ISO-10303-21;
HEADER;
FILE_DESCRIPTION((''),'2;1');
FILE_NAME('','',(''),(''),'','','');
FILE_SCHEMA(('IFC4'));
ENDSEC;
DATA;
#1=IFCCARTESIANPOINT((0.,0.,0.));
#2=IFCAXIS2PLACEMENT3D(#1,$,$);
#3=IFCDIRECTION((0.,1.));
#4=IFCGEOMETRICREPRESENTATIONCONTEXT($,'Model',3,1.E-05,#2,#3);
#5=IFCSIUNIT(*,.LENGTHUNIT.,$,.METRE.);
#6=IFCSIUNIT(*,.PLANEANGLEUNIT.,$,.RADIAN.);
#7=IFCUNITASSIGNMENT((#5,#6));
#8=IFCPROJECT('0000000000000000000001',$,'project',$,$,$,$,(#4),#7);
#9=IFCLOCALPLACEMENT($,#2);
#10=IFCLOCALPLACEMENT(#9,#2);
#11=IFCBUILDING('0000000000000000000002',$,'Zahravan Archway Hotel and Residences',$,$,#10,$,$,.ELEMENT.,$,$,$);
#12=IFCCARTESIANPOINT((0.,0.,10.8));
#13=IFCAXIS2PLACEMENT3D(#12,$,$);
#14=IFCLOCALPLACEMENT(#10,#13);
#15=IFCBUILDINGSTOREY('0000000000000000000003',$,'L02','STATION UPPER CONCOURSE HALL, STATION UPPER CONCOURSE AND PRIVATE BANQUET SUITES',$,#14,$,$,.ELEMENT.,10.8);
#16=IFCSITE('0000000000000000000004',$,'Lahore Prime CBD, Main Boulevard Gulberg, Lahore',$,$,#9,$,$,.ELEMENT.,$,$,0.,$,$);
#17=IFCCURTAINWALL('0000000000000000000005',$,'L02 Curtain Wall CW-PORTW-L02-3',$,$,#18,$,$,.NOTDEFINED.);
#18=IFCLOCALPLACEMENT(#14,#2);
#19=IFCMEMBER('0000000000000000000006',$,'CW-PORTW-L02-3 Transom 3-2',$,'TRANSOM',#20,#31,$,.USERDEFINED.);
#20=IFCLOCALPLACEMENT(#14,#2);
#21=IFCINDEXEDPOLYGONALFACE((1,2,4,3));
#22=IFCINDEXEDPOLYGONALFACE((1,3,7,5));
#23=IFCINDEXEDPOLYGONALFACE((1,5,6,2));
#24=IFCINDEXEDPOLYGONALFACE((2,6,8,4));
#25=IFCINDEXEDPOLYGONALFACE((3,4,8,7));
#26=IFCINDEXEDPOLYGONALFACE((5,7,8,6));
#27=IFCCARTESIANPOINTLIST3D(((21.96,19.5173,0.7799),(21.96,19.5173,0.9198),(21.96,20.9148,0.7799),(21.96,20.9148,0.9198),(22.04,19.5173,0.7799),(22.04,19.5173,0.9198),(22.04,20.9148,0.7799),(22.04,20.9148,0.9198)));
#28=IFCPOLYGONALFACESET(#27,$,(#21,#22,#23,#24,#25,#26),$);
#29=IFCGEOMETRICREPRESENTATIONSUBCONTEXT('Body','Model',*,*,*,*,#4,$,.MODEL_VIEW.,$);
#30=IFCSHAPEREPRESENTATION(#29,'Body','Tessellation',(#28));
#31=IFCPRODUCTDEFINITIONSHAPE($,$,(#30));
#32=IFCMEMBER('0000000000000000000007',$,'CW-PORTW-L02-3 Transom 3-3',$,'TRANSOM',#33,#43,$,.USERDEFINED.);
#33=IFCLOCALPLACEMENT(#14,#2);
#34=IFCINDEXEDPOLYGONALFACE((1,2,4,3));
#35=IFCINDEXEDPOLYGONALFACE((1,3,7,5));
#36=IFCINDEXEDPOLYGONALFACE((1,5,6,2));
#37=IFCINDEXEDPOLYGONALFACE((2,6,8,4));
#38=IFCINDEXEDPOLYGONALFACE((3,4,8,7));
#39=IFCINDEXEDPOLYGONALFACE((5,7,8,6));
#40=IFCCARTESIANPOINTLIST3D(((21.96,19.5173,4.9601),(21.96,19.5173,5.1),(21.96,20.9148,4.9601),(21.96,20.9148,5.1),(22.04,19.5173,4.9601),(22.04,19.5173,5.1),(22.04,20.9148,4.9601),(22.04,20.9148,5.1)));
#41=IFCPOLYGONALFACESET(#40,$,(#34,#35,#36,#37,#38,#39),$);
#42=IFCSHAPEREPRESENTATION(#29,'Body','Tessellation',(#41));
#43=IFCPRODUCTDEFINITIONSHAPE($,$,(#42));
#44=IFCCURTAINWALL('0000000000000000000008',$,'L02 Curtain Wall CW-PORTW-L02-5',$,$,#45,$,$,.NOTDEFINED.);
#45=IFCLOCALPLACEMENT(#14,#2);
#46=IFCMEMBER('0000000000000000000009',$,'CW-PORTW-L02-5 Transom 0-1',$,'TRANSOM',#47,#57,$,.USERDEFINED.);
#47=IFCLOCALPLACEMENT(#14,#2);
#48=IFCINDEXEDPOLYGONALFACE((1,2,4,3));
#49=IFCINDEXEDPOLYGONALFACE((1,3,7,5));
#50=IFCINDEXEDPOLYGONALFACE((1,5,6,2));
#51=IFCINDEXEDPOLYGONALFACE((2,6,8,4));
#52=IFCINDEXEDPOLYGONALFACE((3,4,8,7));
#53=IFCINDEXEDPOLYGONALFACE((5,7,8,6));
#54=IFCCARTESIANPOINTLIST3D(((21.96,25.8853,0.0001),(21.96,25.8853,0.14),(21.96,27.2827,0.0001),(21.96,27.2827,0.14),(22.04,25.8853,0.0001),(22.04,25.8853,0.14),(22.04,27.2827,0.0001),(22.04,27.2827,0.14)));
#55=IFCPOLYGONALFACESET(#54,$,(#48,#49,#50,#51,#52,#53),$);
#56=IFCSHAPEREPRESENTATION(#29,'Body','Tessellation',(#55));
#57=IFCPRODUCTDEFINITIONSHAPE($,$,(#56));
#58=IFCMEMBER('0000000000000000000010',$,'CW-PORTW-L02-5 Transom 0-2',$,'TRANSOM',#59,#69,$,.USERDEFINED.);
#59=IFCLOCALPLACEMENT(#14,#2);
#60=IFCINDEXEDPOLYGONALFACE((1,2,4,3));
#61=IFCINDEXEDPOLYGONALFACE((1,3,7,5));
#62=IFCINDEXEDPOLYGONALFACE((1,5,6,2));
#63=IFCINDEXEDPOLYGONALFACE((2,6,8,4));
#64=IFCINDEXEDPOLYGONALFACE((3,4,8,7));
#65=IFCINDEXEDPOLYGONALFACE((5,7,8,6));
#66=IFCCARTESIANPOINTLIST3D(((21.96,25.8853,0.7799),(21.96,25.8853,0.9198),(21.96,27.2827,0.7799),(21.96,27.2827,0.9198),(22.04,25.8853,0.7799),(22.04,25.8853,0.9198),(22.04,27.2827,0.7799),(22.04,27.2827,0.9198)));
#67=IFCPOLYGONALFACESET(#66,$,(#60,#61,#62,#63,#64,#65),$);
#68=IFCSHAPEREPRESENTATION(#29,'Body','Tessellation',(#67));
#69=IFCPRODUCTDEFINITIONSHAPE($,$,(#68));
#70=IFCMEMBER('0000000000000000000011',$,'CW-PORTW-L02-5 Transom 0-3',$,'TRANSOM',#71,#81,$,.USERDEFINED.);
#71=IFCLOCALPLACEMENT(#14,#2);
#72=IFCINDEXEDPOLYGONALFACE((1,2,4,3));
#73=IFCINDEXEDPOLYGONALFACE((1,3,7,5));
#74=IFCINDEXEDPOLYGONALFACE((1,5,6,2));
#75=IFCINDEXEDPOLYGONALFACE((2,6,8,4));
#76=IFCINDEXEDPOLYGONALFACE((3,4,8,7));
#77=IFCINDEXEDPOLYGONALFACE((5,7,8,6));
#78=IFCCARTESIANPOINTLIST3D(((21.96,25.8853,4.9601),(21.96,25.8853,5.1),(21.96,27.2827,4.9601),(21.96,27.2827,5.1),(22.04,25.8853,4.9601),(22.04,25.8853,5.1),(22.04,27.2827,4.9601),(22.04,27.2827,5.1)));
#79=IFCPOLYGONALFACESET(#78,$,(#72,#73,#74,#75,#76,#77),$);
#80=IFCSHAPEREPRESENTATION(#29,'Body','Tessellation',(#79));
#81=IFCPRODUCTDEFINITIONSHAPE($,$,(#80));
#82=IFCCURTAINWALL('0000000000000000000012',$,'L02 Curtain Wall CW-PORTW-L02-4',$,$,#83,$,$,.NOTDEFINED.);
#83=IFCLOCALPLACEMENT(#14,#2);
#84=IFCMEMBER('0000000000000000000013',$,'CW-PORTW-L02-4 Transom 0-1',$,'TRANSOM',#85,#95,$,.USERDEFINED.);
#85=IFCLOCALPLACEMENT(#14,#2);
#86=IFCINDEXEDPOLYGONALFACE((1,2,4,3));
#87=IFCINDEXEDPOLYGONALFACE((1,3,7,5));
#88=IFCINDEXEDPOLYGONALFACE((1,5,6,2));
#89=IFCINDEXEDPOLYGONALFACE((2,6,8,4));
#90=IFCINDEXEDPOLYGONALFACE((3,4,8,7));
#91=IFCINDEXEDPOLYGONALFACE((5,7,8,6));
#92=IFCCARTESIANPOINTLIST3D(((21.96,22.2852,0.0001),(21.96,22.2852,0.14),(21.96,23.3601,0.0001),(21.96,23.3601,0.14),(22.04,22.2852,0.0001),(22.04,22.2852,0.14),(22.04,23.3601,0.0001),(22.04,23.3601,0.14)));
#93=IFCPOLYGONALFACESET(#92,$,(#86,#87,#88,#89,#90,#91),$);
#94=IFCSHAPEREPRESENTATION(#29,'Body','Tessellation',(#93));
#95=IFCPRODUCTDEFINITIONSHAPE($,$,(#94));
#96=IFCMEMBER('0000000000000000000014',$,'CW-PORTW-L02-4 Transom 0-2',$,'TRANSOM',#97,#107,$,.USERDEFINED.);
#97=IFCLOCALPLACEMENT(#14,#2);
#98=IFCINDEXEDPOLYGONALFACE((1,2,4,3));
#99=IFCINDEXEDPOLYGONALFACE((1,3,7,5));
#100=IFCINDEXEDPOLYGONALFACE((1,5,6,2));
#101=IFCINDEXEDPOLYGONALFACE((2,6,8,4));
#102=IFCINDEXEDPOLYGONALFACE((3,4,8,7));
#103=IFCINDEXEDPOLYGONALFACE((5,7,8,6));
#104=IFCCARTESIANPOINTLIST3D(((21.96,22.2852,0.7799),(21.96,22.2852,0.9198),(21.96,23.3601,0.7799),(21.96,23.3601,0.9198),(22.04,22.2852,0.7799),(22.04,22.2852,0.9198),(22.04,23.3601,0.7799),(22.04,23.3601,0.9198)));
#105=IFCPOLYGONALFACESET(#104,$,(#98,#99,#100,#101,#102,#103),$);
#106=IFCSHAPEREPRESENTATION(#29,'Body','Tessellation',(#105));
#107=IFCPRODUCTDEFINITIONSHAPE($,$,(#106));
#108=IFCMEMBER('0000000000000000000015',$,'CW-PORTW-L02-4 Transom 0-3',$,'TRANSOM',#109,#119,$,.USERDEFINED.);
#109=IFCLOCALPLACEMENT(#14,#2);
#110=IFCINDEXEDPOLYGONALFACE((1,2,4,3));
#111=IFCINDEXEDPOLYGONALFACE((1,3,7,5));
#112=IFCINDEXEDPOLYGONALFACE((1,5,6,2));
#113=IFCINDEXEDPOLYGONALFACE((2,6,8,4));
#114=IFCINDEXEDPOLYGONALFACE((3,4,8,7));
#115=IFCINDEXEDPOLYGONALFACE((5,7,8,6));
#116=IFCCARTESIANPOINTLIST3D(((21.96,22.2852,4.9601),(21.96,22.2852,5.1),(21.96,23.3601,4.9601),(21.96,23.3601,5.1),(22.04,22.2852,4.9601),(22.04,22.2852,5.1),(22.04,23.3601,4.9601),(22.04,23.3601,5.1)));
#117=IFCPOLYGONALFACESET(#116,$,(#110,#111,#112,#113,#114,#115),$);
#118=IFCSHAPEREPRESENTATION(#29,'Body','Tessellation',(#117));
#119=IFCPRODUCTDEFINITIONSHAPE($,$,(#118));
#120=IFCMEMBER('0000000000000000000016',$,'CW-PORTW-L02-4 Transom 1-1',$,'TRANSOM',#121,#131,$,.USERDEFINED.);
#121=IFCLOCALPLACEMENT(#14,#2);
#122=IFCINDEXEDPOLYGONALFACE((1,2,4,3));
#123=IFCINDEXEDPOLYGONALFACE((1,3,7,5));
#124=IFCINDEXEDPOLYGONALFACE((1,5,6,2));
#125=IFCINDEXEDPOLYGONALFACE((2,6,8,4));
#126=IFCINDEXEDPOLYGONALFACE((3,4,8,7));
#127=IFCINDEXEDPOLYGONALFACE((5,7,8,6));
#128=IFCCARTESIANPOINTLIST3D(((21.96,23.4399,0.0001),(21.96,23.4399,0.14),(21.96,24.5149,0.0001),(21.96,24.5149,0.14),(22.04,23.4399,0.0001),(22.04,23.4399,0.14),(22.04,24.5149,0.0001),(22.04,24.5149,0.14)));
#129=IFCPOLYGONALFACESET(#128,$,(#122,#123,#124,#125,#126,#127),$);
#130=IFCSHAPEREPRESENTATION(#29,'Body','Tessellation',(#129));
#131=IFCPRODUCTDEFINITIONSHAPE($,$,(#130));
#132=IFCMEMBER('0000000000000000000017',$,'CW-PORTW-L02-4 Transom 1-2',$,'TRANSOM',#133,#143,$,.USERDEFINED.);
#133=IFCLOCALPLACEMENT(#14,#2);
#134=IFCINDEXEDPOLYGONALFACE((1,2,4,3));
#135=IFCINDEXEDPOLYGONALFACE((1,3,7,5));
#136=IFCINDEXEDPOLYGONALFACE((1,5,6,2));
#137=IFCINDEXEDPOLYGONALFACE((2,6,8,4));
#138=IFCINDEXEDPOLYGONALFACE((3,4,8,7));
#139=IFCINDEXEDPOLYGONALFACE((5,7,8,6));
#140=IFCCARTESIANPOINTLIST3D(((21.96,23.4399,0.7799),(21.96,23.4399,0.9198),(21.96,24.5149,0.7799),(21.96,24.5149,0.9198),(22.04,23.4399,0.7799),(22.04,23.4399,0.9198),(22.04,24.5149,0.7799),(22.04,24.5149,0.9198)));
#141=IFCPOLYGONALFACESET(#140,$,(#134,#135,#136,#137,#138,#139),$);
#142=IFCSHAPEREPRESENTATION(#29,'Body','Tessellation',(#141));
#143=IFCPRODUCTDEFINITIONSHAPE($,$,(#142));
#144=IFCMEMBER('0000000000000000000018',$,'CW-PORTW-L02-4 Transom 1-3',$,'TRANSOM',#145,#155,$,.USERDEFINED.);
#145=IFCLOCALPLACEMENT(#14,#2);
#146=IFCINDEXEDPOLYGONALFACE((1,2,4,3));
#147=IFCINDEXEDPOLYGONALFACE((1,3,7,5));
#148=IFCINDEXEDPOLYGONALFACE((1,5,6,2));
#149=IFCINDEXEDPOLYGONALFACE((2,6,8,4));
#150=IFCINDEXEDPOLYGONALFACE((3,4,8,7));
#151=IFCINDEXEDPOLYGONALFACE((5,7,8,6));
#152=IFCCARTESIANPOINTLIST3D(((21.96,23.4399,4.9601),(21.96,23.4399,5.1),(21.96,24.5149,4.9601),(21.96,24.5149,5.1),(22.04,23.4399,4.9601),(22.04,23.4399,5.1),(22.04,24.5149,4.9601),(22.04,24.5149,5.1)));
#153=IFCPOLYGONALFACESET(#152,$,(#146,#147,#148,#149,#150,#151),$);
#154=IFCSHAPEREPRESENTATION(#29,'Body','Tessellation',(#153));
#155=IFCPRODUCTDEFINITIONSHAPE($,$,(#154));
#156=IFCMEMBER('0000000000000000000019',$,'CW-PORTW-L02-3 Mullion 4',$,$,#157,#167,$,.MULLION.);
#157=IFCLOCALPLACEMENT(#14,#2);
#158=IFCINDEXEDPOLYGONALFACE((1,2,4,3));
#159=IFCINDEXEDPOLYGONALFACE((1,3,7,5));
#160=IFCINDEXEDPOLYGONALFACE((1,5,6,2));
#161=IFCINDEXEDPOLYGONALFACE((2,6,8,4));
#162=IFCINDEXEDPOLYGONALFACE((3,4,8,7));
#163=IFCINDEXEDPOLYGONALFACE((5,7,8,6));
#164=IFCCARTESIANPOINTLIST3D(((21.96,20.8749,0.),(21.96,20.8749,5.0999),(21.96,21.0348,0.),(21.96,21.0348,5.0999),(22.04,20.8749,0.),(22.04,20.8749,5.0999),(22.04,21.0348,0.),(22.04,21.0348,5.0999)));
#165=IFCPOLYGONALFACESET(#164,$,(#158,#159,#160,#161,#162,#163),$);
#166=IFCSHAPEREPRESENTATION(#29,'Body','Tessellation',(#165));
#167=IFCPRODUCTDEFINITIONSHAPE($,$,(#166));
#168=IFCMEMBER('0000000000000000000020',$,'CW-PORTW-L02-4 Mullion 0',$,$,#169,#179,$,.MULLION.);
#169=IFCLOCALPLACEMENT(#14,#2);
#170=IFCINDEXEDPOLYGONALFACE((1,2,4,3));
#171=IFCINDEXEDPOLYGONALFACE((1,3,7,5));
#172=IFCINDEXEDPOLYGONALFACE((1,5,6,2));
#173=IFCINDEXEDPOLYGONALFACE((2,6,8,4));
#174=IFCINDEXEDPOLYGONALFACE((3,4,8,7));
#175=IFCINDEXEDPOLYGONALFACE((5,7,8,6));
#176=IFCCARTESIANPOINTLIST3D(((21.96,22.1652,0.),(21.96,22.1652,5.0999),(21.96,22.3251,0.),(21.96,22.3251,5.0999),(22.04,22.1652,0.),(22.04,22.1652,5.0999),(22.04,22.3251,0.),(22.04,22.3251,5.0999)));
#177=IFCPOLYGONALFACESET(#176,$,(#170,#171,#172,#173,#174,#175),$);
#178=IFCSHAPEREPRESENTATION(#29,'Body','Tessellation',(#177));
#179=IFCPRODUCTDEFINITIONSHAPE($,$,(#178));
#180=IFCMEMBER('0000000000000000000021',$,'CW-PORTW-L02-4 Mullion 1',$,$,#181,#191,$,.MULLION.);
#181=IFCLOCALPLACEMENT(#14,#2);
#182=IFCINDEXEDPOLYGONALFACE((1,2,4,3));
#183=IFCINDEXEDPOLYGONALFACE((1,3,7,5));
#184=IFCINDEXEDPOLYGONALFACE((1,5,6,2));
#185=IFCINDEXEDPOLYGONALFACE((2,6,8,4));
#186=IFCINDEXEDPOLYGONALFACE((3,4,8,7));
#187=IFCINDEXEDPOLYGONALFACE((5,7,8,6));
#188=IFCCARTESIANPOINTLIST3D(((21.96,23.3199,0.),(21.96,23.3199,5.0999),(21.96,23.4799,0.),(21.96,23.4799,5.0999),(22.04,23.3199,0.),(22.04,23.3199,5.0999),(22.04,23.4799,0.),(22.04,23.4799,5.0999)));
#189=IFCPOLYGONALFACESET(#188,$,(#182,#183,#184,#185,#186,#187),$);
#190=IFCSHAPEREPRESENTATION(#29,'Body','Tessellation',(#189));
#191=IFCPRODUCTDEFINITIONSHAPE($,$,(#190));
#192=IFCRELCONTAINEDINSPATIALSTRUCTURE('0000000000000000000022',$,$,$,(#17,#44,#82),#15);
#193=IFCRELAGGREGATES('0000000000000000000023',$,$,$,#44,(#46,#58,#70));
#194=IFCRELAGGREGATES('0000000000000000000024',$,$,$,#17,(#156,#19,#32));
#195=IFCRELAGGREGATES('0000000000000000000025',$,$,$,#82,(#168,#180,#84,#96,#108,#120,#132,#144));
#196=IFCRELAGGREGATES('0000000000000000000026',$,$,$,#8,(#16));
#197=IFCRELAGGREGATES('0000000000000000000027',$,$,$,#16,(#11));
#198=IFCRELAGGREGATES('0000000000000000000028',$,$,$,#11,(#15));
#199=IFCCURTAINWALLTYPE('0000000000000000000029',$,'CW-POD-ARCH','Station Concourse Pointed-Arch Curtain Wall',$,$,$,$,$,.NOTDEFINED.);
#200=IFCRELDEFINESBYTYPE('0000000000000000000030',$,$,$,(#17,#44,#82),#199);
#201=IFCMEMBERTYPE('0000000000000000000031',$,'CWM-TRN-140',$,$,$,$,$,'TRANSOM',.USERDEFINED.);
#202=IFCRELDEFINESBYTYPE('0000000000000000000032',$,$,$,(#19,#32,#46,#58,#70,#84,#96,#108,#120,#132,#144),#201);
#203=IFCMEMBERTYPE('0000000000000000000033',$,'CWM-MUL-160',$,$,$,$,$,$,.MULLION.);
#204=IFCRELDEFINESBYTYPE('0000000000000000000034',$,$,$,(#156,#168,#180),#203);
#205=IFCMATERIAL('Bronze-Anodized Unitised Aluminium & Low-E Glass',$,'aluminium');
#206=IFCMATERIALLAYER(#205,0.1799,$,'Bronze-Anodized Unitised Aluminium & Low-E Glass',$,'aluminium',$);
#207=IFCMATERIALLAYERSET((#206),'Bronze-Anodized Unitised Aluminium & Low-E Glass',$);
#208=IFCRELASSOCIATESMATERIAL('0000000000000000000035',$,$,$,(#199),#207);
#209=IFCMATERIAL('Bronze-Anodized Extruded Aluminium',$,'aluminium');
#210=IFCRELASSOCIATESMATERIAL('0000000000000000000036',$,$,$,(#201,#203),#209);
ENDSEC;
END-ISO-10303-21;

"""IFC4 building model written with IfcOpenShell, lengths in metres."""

from ifc_helpers import new_model, si_unit, direction, frame, origin, origin_2d, place, context, subcontext, project, spatial, rectangle, extrude, source, transform, mapped, material, layer, layer_set, material_profile, profile_set, type_object, element, aggregate, save


model = new_model("IFC4")

# Units and contexts
model_context = context("Model", 3, precision=1e-05, world=origin(), true_north=direction((0.0, 1.0)))
body_context = subcontext(model_context, "Body", "Model", "MODEL_VIEW")
ifc_project = project(units=[si_unit("LENGTHUNIT", "METRE"), si_unit("PLANEANGLEUNIT", "RADIAN")], contexts=[model_context])

# Site, building, storey
site_placement = place(None, origin())
site = spatial("IfcSite", under=ifc_project, at=site_placement, Name="Lahore Prime CBD, Main Boulevard Gulberg, Lahore", CompositionType="ELEMENT", RefElevation=0.0)
building_placement = place(site_placement, origin())
building = spatial("IfcBuilding", under=site, at=building_placement, Name="Zahravan Archway Hotel and Residences", CompositionType="ELEMENT")
storey_placement = place(building_placement, frame((0.0, 0.0, 10.8)))
storey = spatial("IfcBuildingStorey", under=building, at=storey_placement, Name="L02", Description="STATION UPPER CONCOURSE HALL, STATION UPPER CONCOURSE AND PRIVATE BANQUET SUITES", CompositionType="ELEMENT", Elevation=10.8)

# Curtain walls, members
ifc_material_1 = material(Name="Bronze-Anodized Unitised Aluminium & Low-E Glass", Category="aluminium")
ifc_layer_1 = layer(ifc_material_1, 0.1799, Name="Bronze-Anodized Unitised Aluminium & Low-E Glass", Category="aluminium")
ifc_layer_set_1 = layer_set([ifc_layer_1], Name="Bronze-Anodized Unitised Aluminium & Low-E Glass")
curtain_wall_type = type_object("IfcCurtainWallType", Name="CW-POD-ARCH", Description="Station Concourse Pointed-Arch Curtain Wall", PredefinedType="NOTDEFINED", material=ifc_layer_set_1)
curtain_wall_1_placement = place(storey_placement, origin())
curtain_wall_1 = element("IfcCurtainWall", 1, at=curtain_wall_1_placement, inside=storey, type_object=curtain_wall_type, Name="L02 Curtain Wall CW-PORTW-L02-3", PredefinedType="NOTDEFINED")
ifc_material_2 = material(Name="Bronze-Anodized Extruded Aluminium", Category="aluminium")
ifc_material_profile_1 = material_profile(ifc_material_2, rectangle(XDim=0.0801, YDim=0.1399, at=origin_2d()), Name="TRN 80x140", Category="aluminium")
ifc_profile_set_1 = profile_set([ifc_material_profile_1], Name="Bronze-Anodized Extruded Aluminium")
member_type_1 = type_object("IfcMemberType", Name="CWM-TRN-140", ElementType="TRANSOM", PredefinedType="USERDEFINED", material=ifc_profile_set_1)
shared_shape_1 = source(origin(), body_context, "Body", "SweptSolid", [
    extrude(rectangle(XDim=0.0801, YDim=0.1399, at=origin_2d()), origin(), (0.0, 0.0, 1.0), 1.3975),
])
member_1_placement = place(storey_placement, frame((22.0, 19.5173, 0.8499), z_axis=(0.0, 1.0, 0.0), x_axis=(-1.0, 0.0, 0.0)))
member_1 = element("IfcMember", 2, at=member_1_placement, type_object=member_type_1, Name="CW-PORTW-L02-3 Transom 3-2", ObjectType="TRANSOM", PredefinedType="USERDEFINED", context=body_context, shape_type="MappedRepresentation", body=[
    mapped(shared_shape_1, transform((0.0, 0.0, 0.0), scale=1.0)),
])
member_2_placement = place(storey_placement, frame((22.0, 19.5173, 5.03), z_axis=(0.0, 1.0, 0.0), x_axis=(-1.0, 0.0, 0.0)))
member_2 = element("IfcMember", 3, at=member_2_placement, type_object=member_type_1, Name="CW-PORTW-L02-3 Transom 3-3", ObjectType="TRANSOM", PredefinedType="USERDEFINED", context=body_context, shape_type="MappedRepresentation", body=[
    mapped(shared_shape_1, transform((0.0, 0.0, 0.0), scale=1.0)),
])
curtain_wall_2_placement = place(storey_placement, origin())
curtain_wall_2 = element("IfcCurtainWall", 4, at=curtain_wall_2_placement, inside=storey, type_object=curtain_wall_type, Name="L02 Curtain Wall CW-PORTW-L02-5", PredefinedType="NOTDEFINED")
member_3_placement = place(storey_placement, frame((22.0, 25.8853, 0.0701), z_axis=(0.0, 1.0, 0.0), x_axis=(-1.0, 0.0, 0.0)))
member_3 = element("IfcMember", 5, at=member_3_placement, type_object=member_type_1, Name="CW-PORTW-L02-5 Transom 0-1", ObjectType="TRANSOM", PredefinedType="USERDEFINED", context=body_context, shape_type="MappedRepresentation", body=[
    mapped(shared_shape_1, transform((0.0, 0.0, 0.0), scale=1.0)),
])
member_4_placement = place(storey_placement, frame((22.0, 25.8853, 0.8499), z_axis=(0.0, 1.0, 0.0), x_axis=(-1.0, 0.0, 0.0)))
member_4 = element("IfcMember", 6, at=member_4_placement, type_object=member_type_1, Name="CW-PORTW-L02-5 Transom 0-2", ObjectType="TRANSOM", PredefinedType="USERDEFINED", context=body_context, shape_type="MappedRepresentation", body=[
    mapped(shared_shape_1, transform((0.0, 0.0, 0.0), scale=1.0)),
])
member_5_placement = place(storey_placement, frame((22.0, 25.8853, 5.03), z_axis=(0.0, 1.0, 0.0), x_axis=(-1.0, 0.0, 0.0)))
member_5 = element("IfcMember", 7, at=member_5_placement, type_object=member_type_1, Name="CW-PORTW-L02-5 Transom 0-3", ObjectType="TRANSOM", PredefinedType="USERDEFINED", context=body_context, shape_type="MappedRepresentation", body=[
    mapped(shared_shape_1, transform((0.0, 0.0, 0.0), scale=1.0)),
])
curtain_wall_3_placement = place(storey_placement, origin())
curtain_wall_3 = element("IfcCurtainWall", 8, at=curtain_wall_3_placement, inside=storey, type_object=curtain_wall_type, Name="L02 Curtain Wall CW-PORTW-L02-4", PredefinedType="NOTDEFINED")
shared_shape_2 = source(origin(), body_context, "Body", "SweptSolid", [
    extrude(rectangle(XDim=0.0801, YDim=0.1399, at=origin_2d()), origin(), (0.0, 0.0, 1.0), 1.075),
])
member_6_placement = place(storey_placement, frame((22.0, 22.2852, 0.0701), z_axis=(0.0, 1.0, 0.0), x_axis=(-1.0, 0.0, 0.0)))
member_6 = element("IfcMember", 9, at=member_6_placement, type_object=member_type_1, Name="CW-PORTW-L02-4 Transom 0-1", ObjectType="TRANSOM", PredefinedType="USERDEFINED", context=body_context, shape_type="MappedRepresentation", body=[
    mapped(shared_shape_2, transform((0.0, 0.0, 0.0), scale=1.0)),
])
member_7_placement = place(storey_placement, frame((22.0, 22.2852, 0.8499), z_axis=(0.0, 1.0, 0.0), x_axis=(-1.0, 0.0, 0.0)))
member_7 = element("IfcMember", 10, at=member_7_placement, type_object=member_type_1, Name="CW-PORTW-L02-4 Transom 0-2", ObjectType="TRANSOM", PredefinedType="USERDEFINED", context=body_context, shape_type="MappedRepresentation", body=[
    mapped(shared_shape_2, transform((0.0, 0.0, 0.0), scale=1.0)),
])
member_8_placement = place(storey_placement, frame((22.0, 22.2852, 5.03), z_axis=(0.0, 1.0, 0.0), x_axis=(-1.0, 0.0, 0.0)))
member_8 = element("IfcMember", 11, at=member_8_placement, type_object=member_type_1, Name="CW-PORTW-L02-4 Transom 0-3", ObjectType="TRANSOM", PredefinedType="USERDEFINED", context=body_context, shape_type="MappedRepresentation", body=[
    mapped(shared_shape_2, transform((0.0, 0.0, 0.0), scale=1.0)),
])
member_9_placement = place(storey_placement, frame((22.0, 23.4399, 0.0701), z_axis=(0.0, 1.0, 0.0), x_axis=(-1.0, 0.0, 0.0)))
member_9 = element("IfcMember", 12, at=member_9_placement, type_object=member_type_1, Name="CW-PORTW-L02-4 Transom 1-1", ObjectType="TRANSOM", PredefinedType="USERDEFINED", context=body_context, shape_type="MappedRepresentation", body=[
    mapped(shared_shape_2, transform((0.0, 0.0, 0.0), scale=1.0)),
])
member_10_placement = place(storey_placement, frame((22.0, 23.4399, 0.8499), z_axis=(0.0, 1.0, 0.0), x_axis=(-1.0, 0.0, 0.0)))
member_10 = element("IfcMember", 13, at=member_10_placement, type_object=member_type_1, Name="CW-PORTW-L02-4 Transom 1-2", ObjectType="TRANSOM", PredefinedType="USERDEFINED", context=body_context, shape_type="MappedRepresentation", body=[
    mapped(shared_shape_2, transform((0.0, 0.0, 0.0), scale=1.0)),
])
member_11_placement = place(storey_placement, frame((22.0, 23.4399, 5.03), z_axis=(0.0, 1.0, 0.0), x_axis=(-1.0, 0.0, 0.0)))
member_11 = element("IfcMember", 14, at=member_11_placement, type_object=member_type_1, Name="CW-PORTW-L02-4 Transom 1-3", ObjectType="TRANSOM", PredefinedType="USERDEFINED", context=body_context, shape_type="MappedRepresentation", body=[
    mapped(shared_shape_2, transform((0.0, 0.0, 0.0), scale=1.0)),
])

# Members
ifc_material_profile_2 = material_profile(ifc_material_2, rectangle(XDim=0.0801, YDim=0.1599, at=origin_2d()), Name="MUL 80x160", Category="aluminium")
ifc_profile_set_2 = profile_set([ifc_material_profile_2], Name="Bronze-Anodized Extruded Aluminium")
member_type_2 = type_object("IfcMemberType", Name="CWM-MUL-160", PredefinedType="MULLION", material=ifc_profile_set_2)
shared_shape_3 = source(origin(), body_context, "Body", "SweptSolid", [
    extrude(rectangle(XDim=0.0801, YDim=0.1599, at=origin_2d()), origin(), (0.0, 0.0, 1.0), 5.0999),
])
member_12_placement = place(storey_placement, frame((22.0, 20.9548, 0.0), z_axis=(0.0, 0.0, 1.0), x_axis=(1.0, 0.0, 0.0)))
member_12 = element("IfcMember", 15, at=member_12_placement, type_object=member_type_2, Name="CW-PORTW-L02-3 Mullion 4", PredefinedType="MULLION", context=body_context, shape_type="MappedRepresentation", body=[
    mapped(shared_shape_3, transform((0.0, 0.0, 0.0), scale=1.0)),
])
member_13_placement = place(storey_placement, frame((22.0, 22.2451, 0.0), z_axis=(0.0, 0.0, 1.0), x_axis=(1.0, 0.0, 0.0)))
member_13 = element("IfcMember", 16, at=member_13_placement, type_object=member_type_2, Name="CW-PORTW-L02-4 Mullion 0", PredefinedType="MULLION", context=body_context, shape_type="MappedRepresentation", body=[
    mapped(shared_shape_3, transform((0.0, 0.0, 0.0), scale=1.0)),
])
member_14_placement = place(storey_placement, frame((22.0, 23.3999, 0.0), z_axis=(0.0, 0.0, 1.0), x_axis=(1.0, 0.0, 0.0)))
member_14 = element("IfcMember", 17, at=member_14_placement, type_object=member_type_2, Name="CW-PORTW-L02-4 Mullion 1", PredefinedType="MULLION", context=body_context, shape_type="MappedRepresentation", body=[
    mapped(shared_shape_3, transform((0.0, 0.0, 0.0), scale=1.0)),
])
aggregate(curtain_wall_2, [member_3, member_4, member_5])

aggregate(curtain_wall_1, [member_12, member_1, member_2])
aggregate(curtain_wall_3, [member_13, member_14, member_6, member_7, member_8, member_9, member_10, member_11])

save(model, "model.ifc")
